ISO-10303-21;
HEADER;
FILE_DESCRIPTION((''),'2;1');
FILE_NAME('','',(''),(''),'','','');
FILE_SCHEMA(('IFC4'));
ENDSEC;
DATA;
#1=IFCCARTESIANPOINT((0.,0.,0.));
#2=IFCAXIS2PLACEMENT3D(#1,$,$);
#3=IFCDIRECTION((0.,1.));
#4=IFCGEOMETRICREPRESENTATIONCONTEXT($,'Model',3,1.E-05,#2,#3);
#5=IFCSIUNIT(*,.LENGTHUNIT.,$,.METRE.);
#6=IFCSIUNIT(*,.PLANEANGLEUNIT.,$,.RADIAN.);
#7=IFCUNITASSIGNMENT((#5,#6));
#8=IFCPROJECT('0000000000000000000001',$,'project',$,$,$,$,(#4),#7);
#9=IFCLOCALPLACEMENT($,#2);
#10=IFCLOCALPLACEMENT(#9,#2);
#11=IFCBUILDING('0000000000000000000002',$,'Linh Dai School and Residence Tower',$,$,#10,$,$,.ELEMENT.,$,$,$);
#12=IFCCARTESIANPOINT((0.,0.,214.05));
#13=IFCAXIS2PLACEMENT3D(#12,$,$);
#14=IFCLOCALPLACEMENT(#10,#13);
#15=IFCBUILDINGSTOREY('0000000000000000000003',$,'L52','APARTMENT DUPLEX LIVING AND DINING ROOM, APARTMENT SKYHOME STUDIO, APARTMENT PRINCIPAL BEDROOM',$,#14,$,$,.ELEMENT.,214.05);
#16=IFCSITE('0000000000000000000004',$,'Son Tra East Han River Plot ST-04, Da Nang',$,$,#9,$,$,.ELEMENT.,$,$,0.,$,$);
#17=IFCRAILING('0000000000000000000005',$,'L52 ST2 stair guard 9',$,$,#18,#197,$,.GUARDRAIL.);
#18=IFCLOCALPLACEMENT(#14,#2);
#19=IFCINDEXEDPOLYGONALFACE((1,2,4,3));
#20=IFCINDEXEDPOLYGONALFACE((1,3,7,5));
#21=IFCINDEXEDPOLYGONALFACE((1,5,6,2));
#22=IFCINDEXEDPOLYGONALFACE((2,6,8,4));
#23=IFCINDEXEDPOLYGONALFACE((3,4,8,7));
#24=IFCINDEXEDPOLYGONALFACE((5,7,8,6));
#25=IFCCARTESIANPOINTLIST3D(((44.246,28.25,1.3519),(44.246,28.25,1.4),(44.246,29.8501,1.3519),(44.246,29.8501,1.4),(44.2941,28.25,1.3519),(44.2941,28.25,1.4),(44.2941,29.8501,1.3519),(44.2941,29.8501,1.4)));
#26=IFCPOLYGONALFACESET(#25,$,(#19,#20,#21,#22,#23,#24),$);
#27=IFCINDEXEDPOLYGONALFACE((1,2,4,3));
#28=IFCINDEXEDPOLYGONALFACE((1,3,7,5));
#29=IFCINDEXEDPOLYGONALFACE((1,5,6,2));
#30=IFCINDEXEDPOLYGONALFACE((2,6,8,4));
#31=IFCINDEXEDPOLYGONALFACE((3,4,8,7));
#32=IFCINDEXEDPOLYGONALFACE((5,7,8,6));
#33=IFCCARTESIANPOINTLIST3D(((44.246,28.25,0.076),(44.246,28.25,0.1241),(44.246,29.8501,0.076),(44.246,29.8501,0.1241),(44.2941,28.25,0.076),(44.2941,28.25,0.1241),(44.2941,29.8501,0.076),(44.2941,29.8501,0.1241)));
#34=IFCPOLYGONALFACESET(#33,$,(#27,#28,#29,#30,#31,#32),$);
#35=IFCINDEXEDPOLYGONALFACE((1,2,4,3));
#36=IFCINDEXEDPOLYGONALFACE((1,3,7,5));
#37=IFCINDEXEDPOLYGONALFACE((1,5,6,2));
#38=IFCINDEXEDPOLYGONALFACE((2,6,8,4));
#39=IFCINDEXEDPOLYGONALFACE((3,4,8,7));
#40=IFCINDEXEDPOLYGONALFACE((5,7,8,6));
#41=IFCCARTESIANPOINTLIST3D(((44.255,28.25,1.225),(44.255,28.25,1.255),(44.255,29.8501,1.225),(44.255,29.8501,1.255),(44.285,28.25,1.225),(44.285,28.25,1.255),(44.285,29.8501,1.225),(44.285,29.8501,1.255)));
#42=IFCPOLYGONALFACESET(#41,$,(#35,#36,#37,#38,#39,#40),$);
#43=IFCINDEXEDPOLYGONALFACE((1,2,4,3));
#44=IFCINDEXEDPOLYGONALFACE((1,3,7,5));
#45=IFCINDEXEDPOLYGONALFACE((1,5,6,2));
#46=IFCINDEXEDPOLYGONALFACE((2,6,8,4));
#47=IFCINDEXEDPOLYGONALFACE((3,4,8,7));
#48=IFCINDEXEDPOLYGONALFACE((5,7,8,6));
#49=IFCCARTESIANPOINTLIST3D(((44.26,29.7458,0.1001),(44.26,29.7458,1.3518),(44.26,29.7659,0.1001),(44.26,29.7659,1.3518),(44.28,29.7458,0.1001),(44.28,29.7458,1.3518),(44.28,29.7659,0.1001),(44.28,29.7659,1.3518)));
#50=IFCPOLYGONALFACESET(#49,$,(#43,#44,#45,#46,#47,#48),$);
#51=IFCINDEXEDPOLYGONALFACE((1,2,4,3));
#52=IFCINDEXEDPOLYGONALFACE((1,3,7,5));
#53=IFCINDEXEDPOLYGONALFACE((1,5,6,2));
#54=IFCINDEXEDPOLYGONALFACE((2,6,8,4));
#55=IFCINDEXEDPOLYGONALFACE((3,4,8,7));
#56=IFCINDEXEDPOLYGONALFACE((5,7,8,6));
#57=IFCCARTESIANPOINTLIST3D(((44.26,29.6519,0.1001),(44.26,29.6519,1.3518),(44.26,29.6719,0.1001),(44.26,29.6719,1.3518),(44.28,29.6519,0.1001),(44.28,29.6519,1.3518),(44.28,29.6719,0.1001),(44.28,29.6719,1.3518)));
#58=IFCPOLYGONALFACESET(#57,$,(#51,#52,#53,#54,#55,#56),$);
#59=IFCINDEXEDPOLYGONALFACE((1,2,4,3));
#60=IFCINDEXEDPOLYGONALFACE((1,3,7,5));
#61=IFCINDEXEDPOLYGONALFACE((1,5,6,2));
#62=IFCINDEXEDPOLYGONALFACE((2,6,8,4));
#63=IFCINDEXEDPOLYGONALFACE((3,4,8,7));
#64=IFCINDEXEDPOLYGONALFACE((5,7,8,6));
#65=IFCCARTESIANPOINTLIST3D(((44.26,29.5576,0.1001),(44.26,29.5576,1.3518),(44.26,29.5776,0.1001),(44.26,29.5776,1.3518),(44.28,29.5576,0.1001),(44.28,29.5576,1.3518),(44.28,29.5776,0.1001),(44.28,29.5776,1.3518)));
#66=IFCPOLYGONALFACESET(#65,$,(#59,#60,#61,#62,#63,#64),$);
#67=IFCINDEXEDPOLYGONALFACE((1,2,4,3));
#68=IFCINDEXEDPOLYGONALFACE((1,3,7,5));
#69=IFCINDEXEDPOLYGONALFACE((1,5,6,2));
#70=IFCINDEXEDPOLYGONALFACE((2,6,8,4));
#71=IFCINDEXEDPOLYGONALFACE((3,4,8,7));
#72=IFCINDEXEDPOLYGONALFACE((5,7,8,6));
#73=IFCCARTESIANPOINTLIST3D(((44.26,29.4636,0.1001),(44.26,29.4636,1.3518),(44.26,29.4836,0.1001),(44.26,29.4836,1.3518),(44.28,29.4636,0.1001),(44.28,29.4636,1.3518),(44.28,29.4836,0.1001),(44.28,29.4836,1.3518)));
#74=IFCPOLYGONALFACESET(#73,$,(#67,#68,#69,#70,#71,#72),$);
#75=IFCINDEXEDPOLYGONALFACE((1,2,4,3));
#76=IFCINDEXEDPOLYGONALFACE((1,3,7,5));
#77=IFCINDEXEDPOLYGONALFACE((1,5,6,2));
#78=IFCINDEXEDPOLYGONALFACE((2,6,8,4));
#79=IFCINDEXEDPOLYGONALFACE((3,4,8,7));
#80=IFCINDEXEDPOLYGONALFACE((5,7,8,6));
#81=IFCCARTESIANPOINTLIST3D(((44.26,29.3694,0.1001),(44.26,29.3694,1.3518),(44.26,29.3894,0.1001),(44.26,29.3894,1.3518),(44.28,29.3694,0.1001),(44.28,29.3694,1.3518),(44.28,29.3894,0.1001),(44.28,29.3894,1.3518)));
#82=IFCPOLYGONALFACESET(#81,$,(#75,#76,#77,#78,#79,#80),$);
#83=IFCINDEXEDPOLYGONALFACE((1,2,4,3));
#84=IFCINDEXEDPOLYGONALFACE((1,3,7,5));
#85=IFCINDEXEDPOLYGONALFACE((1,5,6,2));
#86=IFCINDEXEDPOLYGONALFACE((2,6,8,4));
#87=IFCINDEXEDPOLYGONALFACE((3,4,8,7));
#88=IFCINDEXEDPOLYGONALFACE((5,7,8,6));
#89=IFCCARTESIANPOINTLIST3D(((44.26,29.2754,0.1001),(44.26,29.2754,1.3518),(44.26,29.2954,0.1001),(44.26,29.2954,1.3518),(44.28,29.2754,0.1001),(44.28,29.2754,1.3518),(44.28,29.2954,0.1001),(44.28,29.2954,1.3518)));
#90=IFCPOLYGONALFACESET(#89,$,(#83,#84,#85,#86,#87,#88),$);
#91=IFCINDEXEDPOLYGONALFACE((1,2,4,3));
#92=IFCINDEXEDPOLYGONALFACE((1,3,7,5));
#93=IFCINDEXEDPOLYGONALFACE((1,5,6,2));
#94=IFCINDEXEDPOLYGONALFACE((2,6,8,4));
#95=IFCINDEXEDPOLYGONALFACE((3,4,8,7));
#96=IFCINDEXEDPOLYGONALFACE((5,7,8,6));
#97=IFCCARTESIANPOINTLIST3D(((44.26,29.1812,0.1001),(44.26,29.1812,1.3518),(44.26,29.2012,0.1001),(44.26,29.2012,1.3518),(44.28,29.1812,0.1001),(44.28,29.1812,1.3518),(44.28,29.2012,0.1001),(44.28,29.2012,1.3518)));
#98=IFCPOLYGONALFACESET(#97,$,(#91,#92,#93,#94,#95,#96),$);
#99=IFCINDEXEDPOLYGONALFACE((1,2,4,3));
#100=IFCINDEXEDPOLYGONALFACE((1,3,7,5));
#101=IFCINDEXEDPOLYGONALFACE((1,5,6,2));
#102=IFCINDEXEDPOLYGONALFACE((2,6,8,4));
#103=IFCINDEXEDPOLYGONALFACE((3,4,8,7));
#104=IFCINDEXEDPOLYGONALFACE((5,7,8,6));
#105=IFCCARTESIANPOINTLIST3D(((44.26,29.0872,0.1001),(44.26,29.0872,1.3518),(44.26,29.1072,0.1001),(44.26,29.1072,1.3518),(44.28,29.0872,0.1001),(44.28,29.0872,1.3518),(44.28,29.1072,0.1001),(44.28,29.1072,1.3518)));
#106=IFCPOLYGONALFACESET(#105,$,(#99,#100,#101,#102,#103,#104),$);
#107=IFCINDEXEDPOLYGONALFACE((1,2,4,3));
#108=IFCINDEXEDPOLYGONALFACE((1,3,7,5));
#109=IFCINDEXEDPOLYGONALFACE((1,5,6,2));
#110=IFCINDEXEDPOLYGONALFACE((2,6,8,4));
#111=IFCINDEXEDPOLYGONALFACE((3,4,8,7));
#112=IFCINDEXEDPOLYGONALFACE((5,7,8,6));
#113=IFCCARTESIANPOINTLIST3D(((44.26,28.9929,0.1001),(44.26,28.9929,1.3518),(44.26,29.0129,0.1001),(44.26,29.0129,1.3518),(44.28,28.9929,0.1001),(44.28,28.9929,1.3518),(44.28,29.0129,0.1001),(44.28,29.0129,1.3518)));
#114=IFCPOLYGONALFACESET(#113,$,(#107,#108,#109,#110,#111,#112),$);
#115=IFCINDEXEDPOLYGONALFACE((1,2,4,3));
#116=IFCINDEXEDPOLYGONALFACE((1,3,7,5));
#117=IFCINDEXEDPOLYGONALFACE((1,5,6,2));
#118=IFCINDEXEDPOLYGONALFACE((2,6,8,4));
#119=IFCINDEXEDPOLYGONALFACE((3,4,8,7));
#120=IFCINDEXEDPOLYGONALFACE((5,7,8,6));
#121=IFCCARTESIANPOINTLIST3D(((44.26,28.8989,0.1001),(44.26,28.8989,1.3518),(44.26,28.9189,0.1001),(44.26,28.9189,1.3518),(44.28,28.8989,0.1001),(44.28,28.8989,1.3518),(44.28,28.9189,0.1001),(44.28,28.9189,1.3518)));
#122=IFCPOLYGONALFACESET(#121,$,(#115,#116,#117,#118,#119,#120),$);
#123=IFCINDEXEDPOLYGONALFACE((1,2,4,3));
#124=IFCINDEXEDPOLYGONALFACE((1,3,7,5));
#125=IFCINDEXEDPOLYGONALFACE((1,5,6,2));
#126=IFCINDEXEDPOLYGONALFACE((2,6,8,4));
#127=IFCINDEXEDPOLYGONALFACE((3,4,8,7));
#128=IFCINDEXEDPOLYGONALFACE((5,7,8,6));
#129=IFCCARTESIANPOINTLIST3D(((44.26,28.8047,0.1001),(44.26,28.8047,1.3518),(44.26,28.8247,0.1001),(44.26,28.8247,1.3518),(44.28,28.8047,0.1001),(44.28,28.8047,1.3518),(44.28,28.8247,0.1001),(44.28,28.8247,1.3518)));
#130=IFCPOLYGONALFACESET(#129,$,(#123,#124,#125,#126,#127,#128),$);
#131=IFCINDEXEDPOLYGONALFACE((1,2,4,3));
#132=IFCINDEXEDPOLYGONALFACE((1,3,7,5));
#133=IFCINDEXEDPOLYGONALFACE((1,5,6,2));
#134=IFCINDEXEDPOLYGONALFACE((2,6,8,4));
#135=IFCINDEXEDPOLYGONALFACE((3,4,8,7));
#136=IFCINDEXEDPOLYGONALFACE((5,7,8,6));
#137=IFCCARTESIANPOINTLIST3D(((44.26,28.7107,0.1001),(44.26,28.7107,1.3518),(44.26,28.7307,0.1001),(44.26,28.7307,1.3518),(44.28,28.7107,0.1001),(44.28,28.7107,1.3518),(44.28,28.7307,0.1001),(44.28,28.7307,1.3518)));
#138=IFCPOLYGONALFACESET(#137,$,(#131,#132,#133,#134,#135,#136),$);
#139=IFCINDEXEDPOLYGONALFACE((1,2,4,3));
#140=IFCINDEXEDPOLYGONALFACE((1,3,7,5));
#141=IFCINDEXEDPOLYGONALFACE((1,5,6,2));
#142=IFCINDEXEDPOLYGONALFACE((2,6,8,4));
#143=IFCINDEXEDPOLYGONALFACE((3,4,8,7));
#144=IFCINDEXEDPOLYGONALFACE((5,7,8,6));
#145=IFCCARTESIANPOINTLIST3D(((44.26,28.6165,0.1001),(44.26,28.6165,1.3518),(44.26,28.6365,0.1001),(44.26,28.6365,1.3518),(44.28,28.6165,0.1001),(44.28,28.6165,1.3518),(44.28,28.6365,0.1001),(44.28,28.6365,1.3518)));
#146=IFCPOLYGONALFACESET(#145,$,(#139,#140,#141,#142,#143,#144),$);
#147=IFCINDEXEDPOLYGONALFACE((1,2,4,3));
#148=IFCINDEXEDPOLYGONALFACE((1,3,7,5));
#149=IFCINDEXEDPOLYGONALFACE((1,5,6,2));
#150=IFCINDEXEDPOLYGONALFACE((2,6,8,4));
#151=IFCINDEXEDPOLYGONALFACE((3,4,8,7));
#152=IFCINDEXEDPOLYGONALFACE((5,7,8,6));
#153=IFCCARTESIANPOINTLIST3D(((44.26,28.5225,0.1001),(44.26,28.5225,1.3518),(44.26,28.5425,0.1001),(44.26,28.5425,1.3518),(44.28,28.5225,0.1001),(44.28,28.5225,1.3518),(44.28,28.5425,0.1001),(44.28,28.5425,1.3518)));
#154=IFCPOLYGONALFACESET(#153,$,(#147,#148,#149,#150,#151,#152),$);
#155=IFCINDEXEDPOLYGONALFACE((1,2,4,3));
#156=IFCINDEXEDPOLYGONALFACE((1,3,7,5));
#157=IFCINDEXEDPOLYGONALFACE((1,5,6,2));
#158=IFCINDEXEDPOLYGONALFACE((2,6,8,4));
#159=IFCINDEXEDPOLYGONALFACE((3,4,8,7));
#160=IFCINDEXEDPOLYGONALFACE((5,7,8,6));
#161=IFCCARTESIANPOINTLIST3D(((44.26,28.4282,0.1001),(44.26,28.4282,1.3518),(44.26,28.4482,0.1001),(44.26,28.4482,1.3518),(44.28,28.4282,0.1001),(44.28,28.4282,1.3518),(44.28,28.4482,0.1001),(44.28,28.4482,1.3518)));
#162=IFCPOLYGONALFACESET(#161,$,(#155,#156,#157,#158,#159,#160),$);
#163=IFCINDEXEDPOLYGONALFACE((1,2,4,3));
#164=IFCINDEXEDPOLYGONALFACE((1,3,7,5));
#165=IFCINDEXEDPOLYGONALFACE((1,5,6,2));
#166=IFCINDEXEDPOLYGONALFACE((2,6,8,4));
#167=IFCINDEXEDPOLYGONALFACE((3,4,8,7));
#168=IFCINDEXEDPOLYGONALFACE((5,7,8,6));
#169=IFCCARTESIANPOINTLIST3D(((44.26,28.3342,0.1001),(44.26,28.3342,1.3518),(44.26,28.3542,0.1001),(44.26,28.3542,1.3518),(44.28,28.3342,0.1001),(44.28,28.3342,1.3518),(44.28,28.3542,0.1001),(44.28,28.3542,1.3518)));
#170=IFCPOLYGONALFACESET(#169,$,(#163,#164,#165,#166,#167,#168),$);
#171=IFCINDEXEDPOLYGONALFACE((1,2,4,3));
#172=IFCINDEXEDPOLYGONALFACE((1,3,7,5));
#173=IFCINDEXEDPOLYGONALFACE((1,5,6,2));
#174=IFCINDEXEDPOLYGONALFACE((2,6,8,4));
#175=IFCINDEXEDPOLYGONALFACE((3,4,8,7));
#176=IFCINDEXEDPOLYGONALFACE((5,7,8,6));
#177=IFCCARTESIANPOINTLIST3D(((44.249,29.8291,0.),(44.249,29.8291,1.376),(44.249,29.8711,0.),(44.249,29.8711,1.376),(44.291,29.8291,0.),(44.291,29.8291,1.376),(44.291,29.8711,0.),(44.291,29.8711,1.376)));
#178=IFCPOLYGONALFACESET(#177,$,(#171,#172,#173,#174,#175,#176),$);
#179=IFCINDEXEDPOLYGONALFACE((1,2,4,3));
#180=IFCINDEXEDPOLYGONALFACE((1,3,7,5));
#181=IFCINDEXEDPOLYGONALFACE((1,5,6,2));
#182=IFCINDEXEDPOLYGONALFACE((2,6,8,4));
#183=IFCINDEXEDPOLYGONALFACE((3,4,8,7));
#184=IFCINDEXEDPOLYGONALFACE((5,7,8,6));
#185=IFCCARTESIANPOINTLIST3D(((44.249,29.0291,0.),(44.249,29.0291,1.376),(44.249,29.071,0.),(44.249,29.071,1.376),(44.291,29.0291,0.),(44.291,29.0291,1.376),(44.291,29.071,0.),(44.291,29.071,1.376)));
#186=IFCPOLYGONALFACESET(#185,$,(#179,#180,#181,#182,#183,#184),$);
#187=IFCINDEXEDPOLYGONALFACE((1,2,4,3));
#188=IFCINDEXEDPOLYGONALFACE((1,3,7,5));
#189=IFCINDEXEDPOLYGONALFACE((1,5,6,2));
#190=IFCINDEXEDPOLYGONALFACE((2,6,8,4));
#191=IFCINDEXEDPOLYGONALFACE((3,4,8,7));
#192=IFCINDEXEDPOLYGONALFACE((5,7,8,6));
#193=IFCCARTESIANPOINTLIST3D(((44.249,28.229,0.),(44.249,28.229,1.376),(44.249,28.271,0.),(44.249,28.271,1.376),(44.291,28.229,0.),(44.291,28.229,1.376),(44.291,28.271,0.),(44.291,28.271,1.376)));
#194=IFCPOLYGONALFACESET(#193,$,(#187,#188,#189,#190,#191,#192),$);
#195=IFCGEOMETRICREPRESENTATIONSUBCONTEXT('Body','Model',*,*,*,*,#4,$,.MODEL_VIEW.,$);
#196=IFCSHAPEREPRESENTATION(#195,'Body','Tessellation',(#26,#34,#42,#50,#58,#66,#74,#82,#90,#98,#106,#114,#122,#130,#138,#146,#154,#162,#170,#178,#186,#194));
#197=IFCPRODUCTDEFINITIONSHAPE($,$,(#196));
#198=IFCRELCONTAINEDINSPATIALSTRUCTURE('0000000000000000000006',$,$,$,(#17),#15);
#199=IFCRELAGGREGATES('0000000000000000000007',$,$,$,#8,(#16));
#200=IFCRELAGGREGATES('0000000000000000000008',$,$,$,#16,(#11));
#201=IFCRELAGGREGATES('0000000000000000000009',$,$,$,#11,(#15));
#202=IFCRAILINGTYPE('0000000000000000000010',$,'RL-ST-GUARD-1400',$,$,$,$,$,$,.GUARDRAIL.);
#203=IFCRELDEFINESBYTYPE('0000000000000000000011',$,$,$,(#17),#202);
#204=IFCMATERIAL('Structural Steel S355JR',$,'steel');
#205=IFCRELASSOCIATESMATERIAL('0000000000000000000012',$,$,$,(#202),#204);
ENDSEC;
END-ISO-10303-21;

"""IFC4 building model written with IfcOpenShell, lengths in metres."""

from ifc_helpers import new_model, si_unit, direction, frame, origin, origin_2d, place, context, subcontext, project, spatial, rectangle, extrude, source, transform, mapped, material, type_object, element, save


model = new_model("IFC4")

# Units and contexts
model_context = context("Model", 3, precision=1e-05, world=origin(), true_north=direction((0.0, 1.0)))
body_context = subcontext(model_context, "Body", "Model", "MODEL_VIEW")
ifc_project = project(units=[si_unit("LENGTHUNIT", "METRE"), si_unit("PLANEANGLEUNIT", "RADIAN")], contexts=[model_context])

# Site, building, storey
site_placement = place(None, origin())
site = spatial("IfcSite", under=ifc_project, at=site_placement, Name="Son Tra East Han River Plot ST-04, Da Nang", CompositionType="ELEMENT", RefElevation=0.0)
building_placement = place(site_placement, origin())
building = spatial("IfcBuilding", under=site, at=building_placement, Name="Linh Dai School and Residence Tower", CompositionType="ELEMENT")
storey_placement = place(building_placement, frame((0.0, 0.0, 214.05)))
storey = spatial("IfcBuildingStorey", under=building, at=storey_placement, Name="L52", Description="APARTMENT DUPLEX LIVING AND DINING ROOM, APARTMENT SKYHOME STUDIO, APARTMENT PRINCIPAL BEDROOM", CompositionType="ELEMENT", Elevation=214.05)

# Shared definitions
ifc_material_1 = material(Name="Structural Steel S355JR", Category="steel")

# Railing
railing_type_1 = type_object("IfcRailingType", Name="RL-ST-GUARD-1400", PredefinedType="GUARDRAIL", material=ifc_material_1)
shared_shape_1 = source(origin(), body_context, "Body", "SweptSolid", [
    extrude(rectangle(XDim=0.0481, YDim=0.0481, at=origin_2d()), frame((0.0, 0.0, 1.376), z_axis=(0.0, -1.0, 0.0), x_axis=(1.0, 0.0, 0.0)), (0.0, 0.0, 1.0), 1.6001),
    extrude(rectangle(XDim=0.0481, YDim=0.0481, at=origin_2d()), frame((0.0, 0.0, 0.1001), z_axis=(0.0, -1.0, 0.0), x_axis=(1.0, 0.0, 0.0)), (0.0, 0.0, 1.0), 1.6001),
    extrude(rectangle(XDim=0.03, YDim=0.03, at=origin_2d()), frame((0.0, 0.0, 1.24), z_axis=(0.0, -1.0, 0.0), x_axis=(1.0, 0.0, 0.0)), (0.0, 0.0, 1.0), 1.6001),
    extrude(rectangle(XDim=0.02, YDim=0.02, at=origin_2d()), frame((0.0, -0.0942, 0.1001)), (0.0, 0.0, 1.0), 1.2517),
    extrude(rectangle(XDim=0.02, YDim=0.02, at=origin_2d()), frame((0.0, -0.1882, 0.1001)), (0.0, 0.0, 1.0), 1.2517),
    extrude(rectangle(XDim=0.02, YDim=0.02, at=origin_2d()), frame((0.0, -0.2825, 0.1001)), (0.0, 0.0, 1.0), 1.2517),
    extrude(rectangle(XDim=0.02, YDim=0.02, at=origin_2d()), frame((0.0, -0.3765, 0.1001)), (0.0, 0.0, 1.0), 1.2517),
    extrude(rectangle(XDim=0.02, YDim=0.02, at=origin_2d()), frame((0.0, -0.4707, 0.1001)), (0.0, 0.0, 1.0), 1.2517),
    extrude(rectangle(XDim=0.02, YDim=0.02, at=origin_2d()), frame((0.0, -0.5647, 0.1001)), (0.0, 0.0, 1.0), 1.2517),
    extrude(rectangle(XDim=0.02, YDim=0.02, at=origin_2d()), frame((0.0, -0.6589, 0.1001)), (0.0, 0.0, 1.0), 1.2517),
    extrude(rectangle(XDim=0.02, YDim=0.02, at=origin_2d()), frame((0.0, -0.7529, 0.1001)), (0.0, 0.0, 1.0), 1.2517),
    extrude(rectangle(XDim=0.02, YDim=0.02, at=origin_2d()), frame((0.0, -0.8472, 0.1001)), (0.0, 0.0, 1.0), 1.2517),
    extrude(rectangle(XDim=0.02, YDim=0.02, at=origin_2d()), frame((0.0, -0.9412, 0.1001)), (0.0, 0.0, 1.0), 1.2517),
    extrude(rectangle(XDim=0.02, YDim=0.02, at=origin_2d()), frame((0.0, -1.0354, 0.1001)), (0.0, 0.0, 1.0), 1.2517),
    extrude(rectangle(XDim=0.02, YDim=0.02, at=origin_2d()), frame((0.0, -1.1294, 0.1001)), (0.0, 0.0, 1.0), 1.2517),
    extrude(rectangle(XDim=0.02, YDim=0.02, at=origin_2d()), frame((0.0, -1.2236, 0.1001)), (0.0, 0.0, 1.0), 1.2517),
    extrude(rectangle(XDim=0.02, YDim=0.02, at=origin_2d()), frame((0.0, -1.3176, 0.1001)), (0.0, 0.0, 1.0), 1.2517),
    extrude(rectangle(XDim=0.02, YDim=0.02, at=origin_2d()), frame((0.0, -1.4119, 0.1001)), (0.0, 0.0, 1.0), 1.2517),
    extrude(rectangle(XDim=0.02, YDim=0.02, at=origin_2d()), frame((0.0, -1.5059, 0.1001)), (0.0, 0.0, 1.0), 1.2517),
    extrude(rectangle(XDim=0.042, YDim=0.042, at=origin_2d()), origin(), (0.0, 0.0, 1.0), 1.376),
    extrude(rectangle(XDim=0.042, YDim=0.042, at=origin_2d()), frame((0.0, -0.8, 0.0)), (0.0, 0.0, 1.0), 1.376),
    extrude(rectangle(XDim=0.042, YDim=0.042, at=origin_2d()), frame((0.0, -1.6001, 0.0)), (0.0, 0.0, 1.0), 1.376),
])
for number, where, name in (
    (1, (44.27, 29.8501, 0.0), "L52 ST2 stair guard 9"),
):
    element("IfcRailing", number, at=place(storey_placement, frame(where)), inside=storey, type_object=railing_type_1, Name=name, PredefinedType="GUARDRAIL", context=body_context, shape_type="MappedRepresentation", body=[
        mapped(shared_shape_1, transform((0.0, 0.0, 0.0), x_axis=(1.0, 0.0, 0.0), y_axis=(0.0, 1.0, 0.0), z_axis=(0.0, 0.0, 1.0), scale=1.0)),
    ])

save(model, "model.ifc")
